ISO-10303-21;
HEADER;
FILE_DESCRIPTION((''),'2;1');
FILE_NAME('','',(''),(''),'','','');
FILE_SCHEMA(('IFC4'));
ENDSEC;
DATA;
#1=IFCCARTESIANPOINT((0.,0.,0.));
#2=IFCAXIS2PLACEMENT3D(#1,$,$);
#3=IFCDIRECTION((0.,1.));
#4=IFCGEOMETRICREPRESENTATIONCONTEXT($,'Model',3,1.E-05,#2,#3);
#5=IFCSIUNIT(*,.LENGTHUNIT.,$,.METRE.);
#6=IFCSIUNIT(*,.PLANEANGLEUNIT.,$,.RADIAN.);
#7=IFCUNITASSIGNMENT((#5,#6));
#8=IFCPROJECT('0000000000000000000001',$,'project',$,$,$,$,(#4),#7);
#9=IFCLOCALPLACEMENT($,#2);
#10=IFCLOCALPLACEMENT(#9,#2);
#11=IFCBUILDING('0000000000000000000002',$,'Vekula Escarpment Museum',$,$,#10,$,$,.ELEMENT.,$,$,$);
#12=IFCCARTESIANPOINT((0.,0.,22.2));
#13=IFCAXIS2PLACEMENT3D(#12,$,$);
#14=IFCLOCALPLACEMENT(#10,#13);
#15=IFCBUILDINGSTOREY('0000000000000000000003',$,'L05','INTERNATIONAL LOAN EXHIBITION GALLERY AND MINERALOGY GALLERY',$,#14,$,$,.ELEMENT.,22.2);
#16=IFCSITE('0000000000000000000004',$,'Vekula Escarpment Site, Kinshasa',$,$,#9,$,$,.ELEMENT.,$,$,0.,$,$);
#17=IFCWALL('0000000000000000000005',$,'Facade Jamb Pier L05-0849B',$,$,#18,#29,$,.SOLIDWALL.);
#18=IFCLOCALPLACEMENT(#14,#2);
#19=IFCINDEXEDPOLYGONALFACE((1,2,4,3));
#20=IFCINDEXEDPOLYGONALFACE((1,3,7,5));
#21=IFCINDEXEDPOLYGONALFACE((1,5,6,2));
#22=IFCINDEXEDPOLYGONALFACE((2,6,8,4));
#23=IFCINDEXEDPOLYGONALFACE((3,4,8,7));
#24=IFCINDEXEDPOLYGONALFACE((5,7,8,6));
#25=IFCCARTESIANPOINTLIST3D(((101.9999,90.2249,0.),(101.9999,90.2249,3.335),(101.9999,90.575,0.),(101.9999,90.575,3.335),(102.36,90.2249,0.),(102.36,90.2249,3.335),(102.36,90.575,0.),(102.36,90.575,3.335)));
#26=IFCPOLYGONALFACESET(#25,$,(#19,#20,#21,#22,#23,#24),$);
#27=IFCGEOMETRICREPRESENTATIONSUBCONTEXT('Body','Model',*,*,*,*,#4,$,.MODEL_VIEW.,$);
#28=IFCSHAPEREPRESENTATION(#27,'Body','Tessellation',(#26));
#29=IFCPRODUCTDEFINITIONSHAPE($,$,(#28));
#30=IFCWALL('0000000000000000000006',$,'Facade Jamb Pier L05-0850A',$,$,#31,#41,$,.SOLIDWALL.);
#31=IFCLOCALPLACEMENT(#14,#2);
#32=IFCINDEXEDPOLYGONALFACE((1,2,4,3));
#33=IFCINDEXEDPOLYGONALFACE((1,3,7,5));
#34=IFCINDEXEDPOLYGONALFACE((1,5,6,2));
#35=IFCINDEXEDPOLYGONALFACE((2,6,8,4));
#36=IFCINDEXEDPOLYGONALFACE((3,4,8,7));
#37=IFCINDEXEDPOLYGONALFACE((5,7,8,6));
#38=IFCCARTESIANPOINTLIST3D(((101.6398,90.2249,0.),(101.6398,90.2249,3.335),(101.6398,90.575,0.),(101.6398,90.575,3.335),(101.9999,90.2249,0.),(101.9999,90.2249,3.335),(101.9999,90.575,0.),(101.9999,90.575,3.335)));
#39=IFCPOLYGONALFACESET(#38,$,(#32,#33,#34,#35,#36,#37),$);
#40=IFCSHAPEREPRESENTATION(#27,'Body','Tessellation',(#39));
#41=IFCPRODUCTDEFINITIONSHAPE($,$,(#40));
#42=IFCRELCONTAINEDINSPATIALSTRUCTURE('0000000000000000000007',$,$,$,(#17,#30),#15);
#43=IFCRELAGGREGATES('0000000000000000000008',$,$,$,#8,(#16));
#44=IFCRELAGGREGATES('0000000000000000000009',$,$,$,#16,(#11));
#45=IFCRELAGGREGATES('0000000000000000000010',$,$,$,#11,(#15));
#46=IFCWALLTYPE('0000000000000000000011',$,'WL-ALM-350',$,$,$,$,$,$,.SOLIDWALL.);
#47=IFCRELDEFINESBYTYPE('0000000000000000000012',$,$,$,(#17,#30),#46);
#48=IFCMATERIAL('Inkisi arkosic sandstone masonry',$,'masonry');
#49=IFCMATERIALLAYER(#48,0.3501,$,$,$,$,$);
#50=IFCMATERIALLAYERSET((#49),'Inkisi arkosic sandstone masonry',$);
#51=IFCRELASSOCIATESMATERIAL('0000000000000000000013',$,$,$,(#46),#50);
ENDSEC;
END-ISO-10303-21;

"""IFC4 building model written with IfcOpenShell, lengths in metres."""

from ifc_helpers import new_model, si_unit, direction, frame, frame_2d, origin, place, context, subcontext, project, spatial, rectangle, extrude, material, layer, layer_set, type_object, element, save


model = new_model("IFC4")

# Units and contexts
model_context = context("Model", 3, precision=1e-05, world=origin(), true_north=direction((0.0, 1.0)))
body_context = subcontext(model_context, "Body", "Model", "MODEL_VIEW")
ifc_project = project(units=[si_unit("LENGTHUNIT", "METRE"), si_unit("PLANEANGLEUNIT", "RADIAN")], contexts=[model_context])

# Site, building, storey
site_placement = place(None, origin())
site = spatial("IfcSite", under=ifc_project, at=site_placement, Name="Vekula Escarpment Site, Kinshasa", CompositionType="ELEMENT", RefElevation=0.0)
building_placement = place(site_placement, origin())
building = spatial("IfcBuilding", under=site, at=building_placement, Name="Vekula Escarpment Museum", CompositionType="ELEMENT")
storey_placement = place(building_placement, frame((0.0, 0.0, 22.2)))
storey = spatial("IfcBuildingStorey", under=building, at=storey_placement, Name="L05", Description="INTERNATIONAL LOAN EXHIBITION GALLERY AND MINERALOGY GALLERY", CompositionType="ELEMENT", Elevation=22.2)

# Walls
ifc_material_1 = material(Name="Inkisi arkosic sandstone masonry", Category="masonry")
ifc_layer_1 = layer(ifc_material_1, 0.3501)
ifc_layer_set_1 = layer_set([ifc_layer_1], Name="Inkisi arkosic sandstone masonry")
wall_type = type_object("IfcWallType", Name="WL-ALM-350", PredefinedType="SOLIDWALL", material=ifc_layer_set_1)
for number, where, z_axis, x_axis, name in (
    (1, (102.3601, 90.3999, 0.0), (0.0, 0.0, 1.0), (-1.0, 0.0, 0.0), "Facade Jamb Pier L05-0849B"),
    (2, (102.0, 90.3999, 0.0), (0.0, 0.0, 1.0), (-1.0, 0.0, 0.0), "Facade Jamb Pier L05-0850A"),
):
    element("IfcWall", number, at=place(storey_placement, frame(where, z_axis=z_axis, x_axis=x_axis)), inside=storey, type_object=wall_type, Name=name, PredefinedType="SOLIDWALL", context=body_context, shape_type="SweptSolid", body=[
        extrude(rectangle(XDim=0.3601, YDim=0.3501, at=frame_2d((0.1802, 0.0))), origin(), (0.0, 0.0, 1.0), 3.335),
    ])

save(model, "model.ifc")
